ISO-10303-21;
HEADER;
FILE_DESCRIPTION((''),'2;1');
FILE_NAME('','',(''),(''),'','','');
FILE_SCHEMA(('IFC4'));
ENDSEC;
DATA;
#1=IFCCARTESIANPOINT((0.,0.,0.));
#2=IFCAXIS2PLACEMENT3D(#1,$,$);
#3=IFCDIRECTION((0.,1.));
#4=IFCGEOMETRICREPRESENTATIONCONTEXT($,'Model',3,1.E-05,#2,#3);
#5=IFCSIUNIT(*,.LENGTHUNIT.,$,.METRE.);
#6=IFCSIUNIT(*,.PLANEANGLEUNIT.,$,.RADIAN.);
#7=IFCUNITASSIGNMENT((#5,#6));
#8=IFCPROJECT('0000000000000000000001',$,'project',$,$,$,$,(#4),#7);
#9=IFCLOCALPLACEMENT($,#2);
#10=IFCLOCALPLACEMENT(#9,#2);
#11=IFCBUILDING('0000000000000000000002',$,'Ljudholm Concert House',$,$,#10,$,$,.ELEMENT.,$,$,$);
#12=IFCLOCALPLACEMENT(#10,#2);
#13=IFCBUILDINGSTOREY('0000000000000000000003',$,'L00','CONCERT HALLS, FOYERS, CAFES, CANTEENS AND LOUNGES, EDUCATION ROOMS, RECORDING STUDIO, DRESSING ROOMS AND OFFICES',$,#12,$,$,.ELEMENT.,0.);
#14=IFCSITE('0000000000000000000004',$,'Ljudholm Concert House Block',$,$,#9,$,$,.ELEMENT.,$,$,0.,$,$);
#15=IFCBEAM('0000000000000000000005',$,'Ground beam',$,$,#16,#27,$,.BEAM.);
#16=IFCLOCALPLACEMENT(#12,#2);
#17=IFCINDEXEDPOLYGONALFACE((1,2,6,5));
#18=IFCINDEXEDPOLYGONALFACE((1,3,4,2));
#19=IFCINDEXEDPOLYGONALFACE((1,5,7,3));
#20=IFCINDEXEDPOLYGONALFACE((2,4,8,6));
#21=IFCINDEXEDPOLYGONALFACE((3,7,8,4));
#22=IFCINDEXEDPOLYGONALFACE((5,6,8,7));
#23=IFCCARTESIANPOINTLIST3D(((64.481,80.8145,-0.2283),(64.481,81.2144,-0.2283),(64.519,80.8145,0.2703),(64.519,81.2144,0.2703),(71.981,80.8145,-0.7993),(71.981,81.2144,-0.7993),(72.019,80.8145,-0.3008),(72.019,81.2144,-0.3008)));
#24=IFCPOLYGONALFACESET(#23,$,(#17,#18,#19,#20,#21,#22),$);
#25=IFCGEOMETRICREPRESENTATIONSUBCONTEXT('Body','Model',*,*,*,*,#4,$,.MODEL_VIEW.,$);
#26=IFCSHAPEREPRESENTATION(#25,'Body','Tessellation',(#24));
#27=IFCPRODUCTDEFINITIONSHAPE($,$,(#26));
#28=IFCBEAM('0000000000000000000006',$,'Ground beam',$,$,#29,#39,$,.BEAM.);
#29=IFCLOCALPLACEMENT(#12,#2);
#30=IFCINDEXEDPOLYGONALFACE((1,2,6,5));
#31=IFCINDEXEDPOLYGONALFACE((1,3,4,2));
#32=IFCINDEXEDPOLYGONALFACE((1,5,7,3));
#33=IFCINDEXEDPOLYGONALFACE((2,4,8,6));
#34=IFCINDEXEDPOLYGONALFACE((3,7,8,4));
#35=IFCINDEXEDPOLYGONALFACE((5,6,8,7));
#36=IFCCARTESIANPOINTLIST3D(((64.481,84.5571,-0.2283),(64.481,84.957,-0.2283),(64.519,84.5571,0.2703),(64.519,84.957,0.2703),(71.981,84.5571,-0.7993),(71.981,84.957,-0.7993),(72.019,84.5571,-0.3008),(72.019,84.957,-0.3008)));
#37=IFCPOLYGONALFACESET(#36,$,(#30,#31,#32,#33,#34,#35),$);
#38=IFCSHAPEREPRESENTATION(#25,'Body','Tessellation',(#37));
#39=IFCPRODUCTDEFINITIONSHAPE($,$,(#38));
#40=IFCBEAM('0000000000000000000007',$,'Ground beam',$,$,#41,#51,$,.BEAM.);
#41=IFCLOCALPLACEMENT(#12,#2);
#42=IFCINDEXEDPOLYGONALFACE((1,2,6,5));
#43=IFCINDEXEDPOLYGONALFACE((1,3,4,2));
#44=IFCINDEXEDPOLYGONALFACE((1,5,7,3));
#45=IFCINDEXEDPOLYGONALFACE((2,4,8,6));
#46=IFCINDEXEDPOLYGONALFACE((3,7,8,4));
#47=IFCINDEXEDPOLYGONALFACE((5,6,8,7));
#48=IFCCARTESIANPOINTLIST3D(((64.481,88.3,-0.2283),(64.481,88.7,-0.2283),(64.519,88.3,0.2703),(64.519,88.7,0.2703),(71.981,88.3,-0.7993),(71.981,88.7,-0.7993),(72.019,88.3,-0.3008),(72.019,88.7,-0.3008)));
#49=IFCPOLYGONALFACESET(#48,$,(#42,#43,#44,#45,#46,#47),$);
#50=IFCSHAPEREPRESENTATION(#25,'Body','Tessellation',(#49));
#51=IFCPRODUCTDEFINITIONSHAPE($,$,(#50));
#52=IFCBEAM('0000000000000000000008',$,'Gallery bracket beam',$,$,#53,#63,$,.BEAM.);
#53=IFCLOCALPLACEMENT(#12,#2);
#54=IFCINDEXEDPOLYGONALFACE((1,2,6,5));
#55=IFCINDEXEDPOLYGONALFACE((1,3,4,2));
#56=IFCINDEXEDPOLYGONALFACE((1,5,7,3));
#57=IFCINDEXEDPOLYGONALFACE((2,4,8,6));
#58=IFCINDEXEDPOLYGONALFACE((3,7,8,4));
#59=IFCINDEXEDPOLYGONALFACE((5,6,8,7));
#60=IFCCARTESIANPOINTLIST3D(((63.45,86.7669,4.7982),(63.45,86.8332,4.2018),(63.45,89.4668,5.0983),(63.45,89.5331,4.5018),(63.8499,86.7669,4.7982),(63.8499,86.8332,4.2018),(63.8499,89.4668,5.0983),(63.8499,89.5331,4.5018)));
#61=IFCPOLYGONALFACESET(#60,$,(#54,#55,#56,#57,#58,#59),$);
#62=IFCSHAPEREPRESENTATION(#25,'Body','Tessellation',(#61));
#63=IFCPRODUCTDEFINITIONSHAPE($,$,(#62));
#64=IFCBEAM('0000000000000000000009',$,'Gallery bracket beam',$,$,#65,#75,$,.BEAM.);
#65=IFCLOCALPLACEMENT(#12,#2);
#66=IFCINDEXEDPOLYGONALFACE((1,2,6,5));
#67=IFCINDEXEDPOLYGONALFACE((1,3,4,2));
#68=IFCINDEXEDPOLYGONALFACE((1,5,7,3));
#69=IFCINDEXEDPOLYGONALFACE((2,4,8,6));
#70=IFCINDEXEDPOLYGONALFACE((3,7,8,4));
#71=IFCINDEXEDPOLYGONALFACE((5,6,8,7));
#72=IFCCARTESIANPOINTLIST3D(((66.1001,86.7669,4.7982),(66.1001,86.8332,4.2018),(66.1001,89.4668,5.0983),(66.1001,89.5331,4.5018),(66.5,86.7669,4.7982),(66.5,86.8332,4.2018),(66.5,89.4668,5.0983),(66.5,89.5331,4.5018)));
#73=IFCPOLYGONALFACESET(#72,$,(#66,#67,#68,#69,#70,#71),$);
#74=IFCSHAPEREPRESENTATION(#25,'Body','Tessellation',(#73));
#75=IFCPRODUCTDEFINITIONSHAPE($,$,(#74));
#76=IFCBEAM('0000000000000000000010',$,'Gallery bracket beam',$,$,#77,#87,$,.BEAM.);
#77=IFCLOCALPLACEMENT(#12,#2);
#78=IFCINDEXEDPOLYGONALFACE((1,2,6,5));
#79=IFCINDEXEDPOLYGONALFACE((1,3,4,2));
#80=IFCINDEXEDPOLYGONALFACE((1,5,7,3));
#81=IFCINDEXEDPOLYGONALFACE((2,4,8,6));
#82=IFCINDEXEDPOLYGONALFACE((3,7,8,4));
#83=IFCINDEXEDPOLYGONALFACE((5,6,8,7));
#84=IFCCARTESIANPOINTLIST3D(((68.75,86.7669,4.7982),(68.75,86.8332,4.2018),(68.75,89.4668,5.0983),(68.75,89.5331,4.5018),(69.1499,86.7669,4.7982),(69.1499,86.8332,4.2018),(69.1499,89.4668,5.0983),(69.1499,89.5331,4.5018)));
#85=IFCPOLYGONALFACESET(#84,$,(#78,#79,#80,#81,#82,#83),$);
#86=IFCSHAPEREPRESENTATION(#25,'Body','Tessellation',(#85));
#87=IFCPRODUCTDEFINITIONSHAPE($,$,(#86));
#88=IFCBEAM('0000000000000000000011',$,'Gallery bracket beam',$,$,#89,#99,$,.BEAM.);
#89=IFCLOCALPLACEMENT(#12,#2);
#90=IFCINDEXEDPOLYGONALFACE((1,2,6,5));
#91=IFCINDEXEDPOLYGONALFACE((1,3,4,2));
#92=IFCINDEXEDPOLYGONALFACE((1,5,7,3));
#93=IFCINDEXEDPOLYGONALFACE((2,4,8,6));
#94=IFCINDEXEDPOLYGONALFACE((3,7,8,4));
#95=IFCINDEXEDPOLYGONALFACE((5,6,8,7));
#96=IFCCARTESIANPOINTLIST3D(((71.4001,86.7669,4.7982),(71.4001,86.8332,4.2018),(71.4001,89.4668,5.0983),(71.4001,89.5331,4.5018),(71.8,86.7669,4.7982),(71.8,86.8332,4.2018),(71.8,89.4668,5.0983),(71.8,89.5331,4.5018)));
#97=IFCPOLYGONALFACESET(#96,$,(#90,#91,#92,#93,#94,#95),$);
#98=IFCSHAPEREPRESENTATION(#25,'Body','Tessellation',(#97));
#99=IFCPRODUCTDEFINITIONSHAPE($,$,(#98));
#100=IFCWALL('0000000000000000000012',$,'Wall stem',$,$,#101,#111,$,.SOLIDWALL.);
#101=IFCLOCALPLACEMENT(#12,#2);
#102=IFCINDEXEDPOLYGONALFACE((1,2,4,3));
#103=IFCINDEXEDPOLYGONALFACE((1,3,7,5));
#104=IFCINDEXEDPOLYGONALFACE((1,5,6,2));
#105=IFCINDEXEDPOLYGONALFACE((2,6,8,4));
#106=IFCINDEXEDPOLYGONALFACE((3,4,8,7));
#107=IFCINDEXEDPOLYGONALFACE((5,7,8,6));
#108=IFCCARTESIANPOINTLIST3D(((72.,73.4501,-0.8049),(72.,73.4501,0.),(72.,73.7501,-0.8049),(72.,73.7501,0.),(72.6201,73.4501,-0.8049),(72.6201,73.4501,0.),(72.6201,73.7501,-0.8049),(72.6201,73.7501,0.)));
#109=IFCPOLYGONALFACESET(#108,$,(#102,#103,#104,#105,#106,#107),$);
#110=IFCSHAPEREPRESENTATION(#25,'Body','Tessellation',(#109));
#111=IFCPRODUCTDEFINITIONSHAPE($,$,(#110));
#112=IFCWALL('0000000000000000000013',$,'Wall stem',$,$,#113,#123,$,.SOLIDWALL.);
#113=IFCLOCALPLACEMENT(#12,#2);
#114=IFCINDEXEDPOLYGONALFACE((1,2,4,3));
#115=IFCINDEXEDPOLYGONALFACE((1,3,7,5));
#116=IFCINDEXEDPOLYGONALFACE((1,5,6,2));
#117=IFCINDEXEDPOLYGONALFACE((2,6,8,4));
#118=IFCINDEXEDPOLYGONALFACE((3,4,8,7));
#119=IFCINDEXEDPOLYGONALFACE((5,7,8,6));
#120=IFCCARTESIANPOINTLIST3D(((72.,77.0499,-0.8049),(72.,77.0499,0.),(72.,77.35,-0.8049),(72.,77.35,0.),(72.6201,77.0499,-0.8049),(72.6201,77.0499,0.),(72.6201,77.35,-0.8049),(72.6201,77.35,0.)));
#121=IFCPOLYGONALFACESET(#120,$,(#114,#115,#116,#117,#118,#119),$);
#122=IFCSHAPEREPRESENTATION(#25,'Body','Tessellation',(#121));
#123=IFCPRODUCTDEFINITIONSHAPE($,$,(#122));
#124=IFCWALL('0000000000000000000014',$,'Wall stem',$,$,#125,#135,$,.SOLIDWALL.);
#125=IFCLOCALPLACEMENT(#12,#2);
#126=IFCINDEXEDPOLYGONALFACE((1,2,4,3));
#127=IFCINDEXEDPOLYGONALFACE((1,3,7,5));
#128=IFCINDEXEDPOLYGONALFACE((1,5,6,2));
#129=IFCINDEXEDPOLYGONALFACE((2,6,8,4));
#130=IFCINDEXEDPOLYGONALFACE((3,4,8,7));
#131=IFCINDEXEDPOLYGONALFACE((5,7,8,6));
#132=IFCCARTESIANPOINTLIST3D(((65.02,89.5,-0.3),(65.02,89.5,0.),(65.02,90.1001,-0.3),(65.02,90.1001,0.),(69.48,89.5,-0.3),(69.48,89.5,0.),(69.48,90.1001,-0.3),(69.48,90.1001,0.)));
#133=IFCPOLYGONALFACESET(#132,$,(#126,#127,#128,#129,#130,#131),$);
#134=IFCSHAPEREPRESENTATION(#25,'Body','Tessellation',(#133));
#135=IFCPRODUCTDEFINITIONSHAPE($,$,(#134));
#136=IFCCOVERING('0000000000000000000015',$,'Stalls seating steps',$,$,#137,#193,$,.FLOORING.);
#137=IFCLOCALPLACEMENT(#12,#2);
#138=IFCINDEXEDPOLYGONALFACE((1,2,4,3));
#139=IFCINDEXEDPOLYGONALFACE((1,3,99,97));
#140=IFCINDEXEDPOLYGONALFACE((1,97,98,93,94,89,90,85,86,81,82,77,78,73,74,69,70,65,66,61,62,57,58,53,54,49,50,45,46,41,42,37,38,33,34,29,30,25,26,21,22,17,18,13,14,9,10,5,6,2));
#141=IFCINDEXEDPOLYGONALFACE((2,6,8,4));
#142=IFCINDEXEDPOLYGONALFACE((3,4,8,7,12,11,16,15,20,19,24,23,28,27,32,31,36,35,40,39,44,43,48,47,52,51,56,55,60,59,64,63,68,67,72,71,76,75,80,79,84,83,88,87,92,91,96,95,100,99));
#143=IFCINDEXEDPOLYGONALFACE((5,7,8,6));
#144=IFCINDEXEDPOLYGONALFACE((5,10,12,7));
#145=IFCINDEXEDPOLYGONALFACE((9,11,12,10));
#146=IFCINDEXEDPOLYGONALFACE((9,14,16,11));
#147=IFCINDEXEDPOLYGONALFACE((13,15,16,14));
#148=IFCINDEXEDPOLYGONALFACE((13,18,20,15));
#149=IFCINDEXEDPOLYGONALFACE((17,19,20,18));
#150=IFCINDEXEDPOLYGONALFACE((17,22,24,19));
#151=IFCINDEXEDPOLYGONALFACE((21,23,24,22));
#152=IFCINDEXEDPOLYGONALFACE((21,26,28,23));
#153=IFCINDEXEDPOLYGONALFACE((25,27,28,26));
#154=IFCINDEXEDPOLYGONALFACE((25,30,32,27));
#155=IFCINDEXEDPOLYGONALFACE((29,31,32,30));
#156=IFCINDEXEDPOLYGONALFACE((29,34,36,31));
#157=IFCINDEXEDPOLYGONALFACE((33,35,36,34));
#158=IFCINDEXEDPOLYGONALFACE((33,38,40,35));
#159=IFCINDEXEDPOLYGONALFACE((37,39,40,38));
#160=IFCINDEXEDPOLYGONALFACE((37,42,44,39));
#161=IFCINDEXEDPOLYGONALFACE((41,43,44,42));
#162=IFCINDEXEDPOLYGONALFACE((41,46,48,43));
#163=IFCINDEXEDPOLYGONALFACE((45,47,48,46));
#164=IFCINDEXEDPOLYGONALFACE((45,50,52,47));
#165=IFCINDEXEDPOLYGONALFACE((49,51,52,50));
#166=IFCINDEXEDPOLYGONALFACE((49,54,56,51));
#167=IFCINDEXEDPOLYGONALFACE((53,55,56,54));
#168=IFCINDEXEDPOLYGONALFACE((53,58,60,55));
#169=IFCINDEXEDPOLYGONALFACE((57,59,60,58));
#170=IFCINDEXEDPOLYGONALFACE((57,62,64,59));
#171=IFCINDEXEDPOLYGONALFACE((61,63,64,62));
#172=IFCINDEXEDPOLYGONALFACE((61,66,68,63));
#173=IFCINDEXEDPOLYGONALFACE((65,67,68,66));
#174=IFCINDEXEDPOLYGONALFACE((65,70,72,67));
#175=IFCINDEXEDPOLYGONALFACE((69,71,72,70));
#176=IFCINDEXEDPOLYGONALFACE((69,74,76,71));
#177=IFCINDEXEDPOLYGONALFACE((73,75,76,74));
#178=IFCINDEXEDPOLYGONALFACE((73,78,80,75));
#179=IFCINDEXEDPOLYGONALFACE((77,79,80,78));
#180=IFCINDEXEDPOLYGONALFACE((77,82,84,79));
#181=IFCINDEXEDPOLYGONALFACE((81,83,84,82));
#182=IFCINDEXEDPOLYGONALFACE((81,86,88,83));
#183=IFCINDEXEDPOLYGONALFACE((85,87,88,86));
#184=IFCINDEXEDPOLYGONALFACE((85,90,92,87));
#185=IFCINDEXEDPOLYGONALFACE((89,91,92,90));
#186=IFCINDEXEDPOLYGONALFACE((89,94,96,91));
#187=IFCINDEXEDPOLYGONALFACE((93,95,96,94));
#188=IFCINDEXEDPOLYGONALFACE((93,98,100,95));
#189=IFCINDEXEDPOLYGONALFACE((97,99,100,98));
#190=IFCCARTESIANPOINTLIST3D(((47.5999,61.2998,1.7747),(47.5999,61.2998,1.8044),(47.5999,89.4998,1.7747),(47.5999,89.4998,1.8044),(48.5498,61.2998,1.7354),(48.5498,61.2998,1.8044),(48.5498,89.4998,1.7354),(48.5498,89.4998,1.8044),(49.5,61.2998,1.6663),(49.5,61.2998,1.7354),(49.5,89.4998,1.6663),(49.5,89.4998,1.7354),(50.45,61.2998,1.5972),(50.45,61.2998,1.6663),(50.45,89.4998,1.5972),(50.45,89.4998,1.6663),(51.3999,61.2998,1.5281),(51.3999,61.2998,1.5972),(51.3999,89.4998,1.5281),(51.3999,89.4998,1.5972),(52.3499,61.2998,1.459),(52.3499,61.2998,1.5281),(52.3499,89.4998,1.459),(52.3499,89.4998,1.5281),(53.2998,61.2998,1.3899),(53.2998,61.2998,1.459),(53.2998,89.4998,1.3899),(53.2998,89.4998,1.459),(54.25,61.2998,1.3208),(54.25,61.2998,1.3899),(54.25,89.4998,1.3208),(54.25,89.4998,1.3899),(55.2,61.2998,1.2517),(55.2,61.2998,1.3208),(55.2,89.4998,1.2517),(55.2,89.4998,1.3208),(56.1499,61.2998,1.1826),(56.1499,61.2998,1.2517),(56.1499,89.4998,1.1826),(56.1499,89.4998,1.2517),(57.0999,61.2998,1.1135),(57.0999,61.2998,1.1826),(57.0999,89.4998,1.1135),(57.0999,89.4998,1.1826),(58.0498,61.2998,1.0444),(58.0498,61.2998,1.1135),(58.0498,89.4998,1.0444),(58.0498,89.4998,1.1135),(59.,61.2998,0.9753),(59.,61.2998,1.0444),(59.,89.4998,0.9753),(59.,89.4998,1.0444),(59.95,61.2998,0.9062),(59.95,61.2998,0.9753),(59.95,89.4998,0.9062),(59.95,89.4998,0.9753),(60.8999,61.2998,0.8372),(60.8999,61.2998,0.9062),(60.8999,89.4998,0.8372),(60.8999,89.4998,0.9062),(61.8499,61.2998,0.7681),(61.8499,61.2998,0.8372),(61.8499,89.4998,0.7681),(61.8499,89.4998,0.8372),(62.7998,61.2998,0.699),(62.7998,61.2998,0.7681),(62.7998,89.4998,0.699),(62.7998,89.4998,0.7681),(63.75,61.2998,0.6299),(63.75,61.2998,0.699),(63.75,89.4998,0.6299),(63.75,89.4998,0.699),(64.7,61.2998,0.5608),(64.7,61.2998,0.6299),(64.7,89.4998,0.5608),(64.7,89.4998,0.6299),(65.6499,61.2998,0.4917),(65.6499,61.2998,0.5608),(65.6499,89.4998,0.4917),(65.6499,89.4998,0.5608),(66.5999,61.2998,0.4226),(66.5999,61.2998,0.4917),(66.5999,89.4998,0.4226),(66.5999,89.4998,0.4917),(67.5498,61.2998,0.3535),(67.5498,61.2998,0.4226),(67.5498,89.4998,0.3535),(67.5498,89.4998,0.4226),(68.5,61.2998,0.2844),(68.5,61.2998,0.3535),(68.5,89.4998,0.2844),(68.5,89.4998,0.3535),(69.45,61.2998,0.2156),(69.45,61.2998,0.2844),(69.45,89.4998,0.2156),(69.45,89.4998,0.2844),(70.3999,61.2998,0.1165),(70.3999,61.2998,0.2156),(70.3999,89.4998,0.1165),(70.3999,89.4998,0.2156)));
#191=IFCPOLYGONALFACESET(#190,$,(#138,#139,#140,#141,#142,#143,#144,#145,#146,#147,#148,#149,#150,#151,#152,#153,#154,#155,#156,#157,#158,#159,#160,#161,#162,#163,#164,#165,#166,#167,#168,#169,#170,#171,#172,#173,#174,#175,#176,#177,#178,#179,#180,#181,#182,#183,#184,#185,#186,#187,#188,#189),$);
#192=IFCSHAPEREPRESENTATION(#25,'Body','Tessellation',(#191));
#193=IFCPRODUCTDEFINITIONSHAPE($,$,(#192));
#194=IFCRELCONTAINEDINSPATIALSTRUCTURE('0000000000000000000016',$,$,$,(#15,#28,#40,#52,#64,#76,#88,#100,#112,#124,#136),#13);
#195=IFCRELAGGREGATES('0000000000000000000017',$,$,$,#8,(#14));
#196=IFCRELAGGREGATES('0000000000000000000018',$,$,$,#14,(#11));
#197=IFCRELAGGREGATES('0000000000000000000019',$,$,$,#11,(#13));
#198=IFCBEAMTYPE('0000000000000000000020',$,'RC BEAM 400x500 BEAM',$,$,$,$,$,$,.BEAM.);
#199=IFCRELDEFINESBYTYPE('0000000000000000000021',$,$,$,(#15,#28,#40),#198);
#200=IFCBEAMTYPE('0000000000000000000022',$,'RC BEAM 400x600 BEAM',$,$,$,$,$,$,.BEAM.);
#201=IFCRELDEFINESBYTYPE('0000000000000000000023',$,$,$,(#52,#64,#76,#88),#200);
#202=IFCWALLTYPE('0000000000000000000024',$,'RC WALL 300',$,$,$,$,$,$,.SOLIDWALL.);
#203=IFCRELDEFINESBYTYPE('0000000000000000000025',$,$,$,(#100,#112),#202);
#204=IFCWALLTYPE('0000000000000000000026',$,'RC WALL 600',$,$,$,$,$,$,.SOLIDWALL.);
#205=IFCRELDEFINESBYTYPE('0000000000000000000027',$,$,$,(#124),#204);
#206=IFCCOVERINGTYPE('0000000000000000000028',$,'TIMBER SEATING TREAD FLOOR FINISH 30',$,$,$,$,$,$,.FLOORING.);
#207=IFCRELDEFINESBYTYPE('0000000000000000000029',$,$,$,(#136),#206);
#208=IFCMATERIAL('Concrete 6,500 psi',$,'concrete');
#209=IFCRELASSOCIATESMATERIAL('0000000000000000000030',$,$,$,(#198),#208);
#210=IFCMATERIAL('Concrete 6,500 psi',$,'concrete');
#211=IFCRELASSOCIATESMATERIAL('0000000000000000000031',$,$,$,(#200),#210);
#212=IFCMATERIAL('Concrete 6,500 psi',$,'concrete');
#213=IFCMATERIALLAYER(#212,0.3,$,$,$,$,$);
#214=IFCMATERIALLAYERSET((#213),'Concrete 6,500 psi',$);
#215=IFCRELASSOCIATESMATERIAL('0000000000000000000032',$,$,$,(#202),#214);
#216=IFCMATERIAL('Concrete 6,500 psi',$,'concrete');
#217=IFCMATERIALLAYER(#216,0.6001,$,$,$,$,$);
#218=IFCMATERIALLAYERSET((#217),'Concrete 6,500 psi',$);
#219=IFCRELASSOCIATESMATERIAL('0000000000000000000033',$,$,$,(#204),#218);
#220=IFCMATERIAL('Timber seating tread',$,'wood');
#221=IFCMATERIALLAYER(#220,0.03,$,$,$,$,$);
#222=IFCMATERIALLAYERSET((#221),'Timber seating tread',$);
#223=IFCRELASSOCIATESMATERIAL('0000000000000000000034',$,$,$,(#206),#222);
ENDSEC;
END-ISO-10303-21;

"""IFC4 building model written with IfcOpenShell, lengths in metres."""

from ifc_helpers import new_model, si_unit, direction, frame, frame_2d, origin, origin_2d, place, context, subcontext, project, spatial, polyline, rectangle, outline, extrude, material, layer, layer_set, material_profile, profile_set, type_object, element, save


model = new_model("IFC4")

# Units and contexts
model_context = context("Model", 3, precision=1e-05, world=origin(), true_north=direction((0.0, 1.0)))
body_context = subcontext(model_context, "Body", "Model", "MODEL_VIEW")
ifc_project = project(units=[si_unit("LENGTHUNIT", "METRE"), si_unit("PLANEANGLEUNIT", "RADIAN")], contexts=[model_context])

# Site, building, storey
site_placement = place(None, origin())
site = spatial("IfcSite", under=ifc_project, at=site_placement, Name="Ljudholm Concert House Block", CompositionType="ELEMENT", RefElevation=0.0)
building_placement = place(site_placement, origin())
building = spatial("IfcBuilding", under=site, at=building_placement, Name="Ljudholm Concert House", CompositionType="ELEMENT")
storey_placement = place(building_placement, origin())
storey = spatial("IfcBuildingStorey", under=building, at=storey_placement, Name="L00", Description="CONCERT HALLS, FOYERS, CAFES, CANTEENS AND LOUNGES, EDUCATION ROOMS, RECORDING STUDIO, DRESSING ROOMS AND OFFICES", CompositionType="ELEMENT", Elevation=0.0)

# Beams
ifc_material_1 = material(Name="Concrete 6,500 psi", Category="concrete")
ifc_material_profile_1 = material_profile(ifc_material_1, rectangle(XDim=0.3999, YDim=0.5, at=origin_2d()), Name="RC BEAM 400x500 BEAM")
ifc_profile_set_1 = profile_set([ifc_material_profile_1], Name="Concrete 6,500 psi")
beam_type_1 = type_object("IfcBeamType", Name="RC BEAM 400x500 BEAM", PredefinedType="BEAM", material=ifc_profile_set_1)
for number, where, z_axis, x_axis, name in (
    (1, (64.5, 81.0144, 0.021), (0.997114, 0.0, -0.07592), (0.0, 1.0, 0.0), "Ground beam"),
    (2, (64.5, 84.7571, 0.021), (0.997114, 0.0, -0.07592), (0.0, 1.0, 0.0), "Ground beam"),
    (3, (64.5, 88.5, 0.021), (0.997114, 0.0, -0.07592), (0.0, 1.0, 0.0), "Ground beam"),
):
    element("IfcBeam", number, at=place(storey_placement, frame(where, z_axis=z_axis, x_axis=x_axis)), inside=storey, type_object=beam_type_1, Name=name, PredefinedType="BEAM", context=body_context, shape_type="SweptSolid", body=[
        extrude(rectangle(XDim=0.3999, YDim=0.5, at=origin_2d()), origin(), (0.0, 0.0, 1.0), 7.5217),
    ])
ifc_material_2 = material(Name="Concrete 6,500 psi", Category="concrete")
ifc_material_profile_2 = material_profile(ifc_material_2, rectangle(XDim=0.3999, YDim=0.6001, at=origin_2d()), Name="RC BEAM 400x600 BEAM")
ifc_profile_set_2 = profile_set([ifc_material_profile_2], Name="Concrete 6,500 psi")
beam_type_2 = type_object("IfcBeamType", Name="RC BEAM 400x600 BEAM", PredefinedType="BEAM", material=ifc_profile_set_2)
for number, where, z_axis, x_axis, name in (
    (4, (63.6499, 86.8, 4.5), (0.0, 0.993882, 0.110451), (-1.0, 0.0, 0.0), "Gallery bracket beam"),
    (5, (66.3, 86.8, 4.5), (0.0, 0.993882, 0.110451), (-1.0, 0.0, 0.0), "Gallery bracket beam"),
    (6, (68.95, 86.8, 4.5), (0.0, 0.993882, 0.110451), (-1.0, 0.0, 0.0), "Gallery bracket beam"),
    (7, (71.6001, 86.8, 4.5), (0.0, 0.993882, 0.110451), (-1.0, 0.0, 0.0), "Gallery bracket beam"),
):
    element("IfcBeam", number, at=place(storey_placement, frame(where, z_axis=z_axis, x_axis=x_axis)), inside=storey, type_object=beam_type_2, Name=name, PredefinedType="BEAM", context=body_context, shape_type="SweptSolid", body=[
        extrude(rectangle(XDim=0.3999, YDim=0.6001, at=origin_2d()), origin(), (0.0, 0.0, 1.0), 2.7166),
    ])

# Walls
ifc_material_3 = material(Name="Concrete 6,500 psi", Category="concrete")
ifc_layer_1 = layer(ifc_material_3, 0.3)
ifc_layer_set_1 = layer_set([ifc_layer_1], Name="Concrete 6,500 psi")
wall_type_1 = type_object("IfcWallType", Name="RC WALL 300", PredefinedType="SOLIDWALL", material=ifc_layer_set_1)
for number, where, z_axis, x_axis, name in (
    (8, (72.0, 73.6001, -0.8049), (0.0, 0.0, 1.0), (1.0, 0.0, 0.0), "Wall stem"),
    (9, (72.0, 77.2, -0.8049), (0.0, 0.0, 1.0), (1.0, 0.0, 0.0), "Wall stem"),
):
    element("IfcWall", number, at=place(storey_placement, frame(where, z_axis=z_axis, x_axis=x_axis)), inside=storey, type_object=wall_type_1, Name=name, PredefinedType="SOLIDWALL", context=body_context, shape_type="SweptSolid", body=[
        extrude(rectangle(XDim=0.6201, YDim=0.3, at=frame_2d((0.3101, 0.0))), origin(), (0.0, 0.0, 1.0), 0.8049),
    ])
ifc_material_4 = material(Name="Concrete 6,500 psi", Category="concrete")
ifc_layer_2 = layer(ifc_material_4, 0.6001)
ifc_layer_set_2 = layer_set([ifc_layer_2], Name="Concrete 6,500 psi")
wall_type_2 = type_object("IfcWallType", Name="RC WALL 600", PredefinedType="SOLIDWALL", material=ifc_layer_set_2)
wall_placement = place(storey_placement, frame((65.02, 89.8, -0.3), z_axis=(0.0, 0.0, 1.0), x_axis=(1.0, 0.0, 0.0)))
element("IfcWall", 10, at=wall_placement, inside=storey, type_object=wall_type_2, Name="Wall stem", PredefinedType="SOLIDWALL", context=body_context, shape_type="SweptSolid", body=[
    extrude(rectangle(XDim=4.46, YDim=0.6001, at=frame_2d((2.23, 0.0))), origin(), (0.0, 0.0, 1.0), 0.3),
])

# Covering
ifc_material_5 = material(Name="Timber seating tread", Category="wood")
ifc_layer_3 = layer(ifc_material_5, 0.03)
ifc_layer_set_3 = layer_set([ifc_layer_3], Name="Timber seating tread")
covering_type = type_object("IfcCoveringType", Name="TIMBER SEATING TREAD FLOOR FINISH 30", PredefinedType="FLOORING", material=ifc_layer_set_3)
covering_placement = place(storey_placement, frame((70.3999, 75.3999, 0.0), z_axis=(0.0, 0.0, 1.0), x_axis=(-1.0, 0.0, 0.0)))
element("IfcCovering", 11, at=covering_placement, inside=storey, type_object=covering_type, Name="Stalls seating steps", PredefinedType="FLOORING", context=body_context, shape_type="SweptSolid", body=[
    extrude(outline(polyline([(0.0, 0.1165), (22.8, 1.7747), (22.8, 1.8044), (21.8501, 1.8044), (21.8501, 1.7354), (20.8999, 1.7354), (20.8999, 1.6663), (19.95, 1.6663), (19.95, 1.5972), (19.0, 1.5972), (19.0, 1.5281), (18.05, 1.5281), (18.05, 1.459), (17.1001, 1.459), (17.1001, 1.3899), (16.1499, 1.3899), (16.1499, 1.3208), (15.2, 1.3208), (15.2, 1.2517), (14.25, 1.2517), (14.25, 1.1826), (13.3, 1.1826), (13.3, 1.1135), (12.3501, 1.1135), (12.3501, 1.0444), (11.3999, 1.0444), (11.3999, 0.9753), (10.45, 0.9753), (10.45, 0.9062), (9.5, 0.9062), (9.5, 0.8372), (8.55, 0.8372), (8.55, 0.7681), (7.6001, 0.7681), (7.6001, 0.699), (6.6499, 0.699), (6.6499, 0.6299), (5.7, 0.6299), (5.7, 0.5608), (4.75, 0.5608), (4.75, 0.4917), (3.8, 0.4917), (3.8, 0.4226), (2.8501, 0.4226), (2.8501, 0.3535), (1.8999, 0.3535), (1.8999, 0.2844), (0.95, 0.2844), (0.95, 0.2156), (0.0, 0.2156), (0.0, 0.1165)])), frame((0.0, 14.1001, 0.0), z_axis=(0.0, -1.0, 0.0), x_axis=(1.0, 0.0, 0.0)), (0.0, 0.0, 1.0), 28.2),
])

save(model, "model.ifc")
